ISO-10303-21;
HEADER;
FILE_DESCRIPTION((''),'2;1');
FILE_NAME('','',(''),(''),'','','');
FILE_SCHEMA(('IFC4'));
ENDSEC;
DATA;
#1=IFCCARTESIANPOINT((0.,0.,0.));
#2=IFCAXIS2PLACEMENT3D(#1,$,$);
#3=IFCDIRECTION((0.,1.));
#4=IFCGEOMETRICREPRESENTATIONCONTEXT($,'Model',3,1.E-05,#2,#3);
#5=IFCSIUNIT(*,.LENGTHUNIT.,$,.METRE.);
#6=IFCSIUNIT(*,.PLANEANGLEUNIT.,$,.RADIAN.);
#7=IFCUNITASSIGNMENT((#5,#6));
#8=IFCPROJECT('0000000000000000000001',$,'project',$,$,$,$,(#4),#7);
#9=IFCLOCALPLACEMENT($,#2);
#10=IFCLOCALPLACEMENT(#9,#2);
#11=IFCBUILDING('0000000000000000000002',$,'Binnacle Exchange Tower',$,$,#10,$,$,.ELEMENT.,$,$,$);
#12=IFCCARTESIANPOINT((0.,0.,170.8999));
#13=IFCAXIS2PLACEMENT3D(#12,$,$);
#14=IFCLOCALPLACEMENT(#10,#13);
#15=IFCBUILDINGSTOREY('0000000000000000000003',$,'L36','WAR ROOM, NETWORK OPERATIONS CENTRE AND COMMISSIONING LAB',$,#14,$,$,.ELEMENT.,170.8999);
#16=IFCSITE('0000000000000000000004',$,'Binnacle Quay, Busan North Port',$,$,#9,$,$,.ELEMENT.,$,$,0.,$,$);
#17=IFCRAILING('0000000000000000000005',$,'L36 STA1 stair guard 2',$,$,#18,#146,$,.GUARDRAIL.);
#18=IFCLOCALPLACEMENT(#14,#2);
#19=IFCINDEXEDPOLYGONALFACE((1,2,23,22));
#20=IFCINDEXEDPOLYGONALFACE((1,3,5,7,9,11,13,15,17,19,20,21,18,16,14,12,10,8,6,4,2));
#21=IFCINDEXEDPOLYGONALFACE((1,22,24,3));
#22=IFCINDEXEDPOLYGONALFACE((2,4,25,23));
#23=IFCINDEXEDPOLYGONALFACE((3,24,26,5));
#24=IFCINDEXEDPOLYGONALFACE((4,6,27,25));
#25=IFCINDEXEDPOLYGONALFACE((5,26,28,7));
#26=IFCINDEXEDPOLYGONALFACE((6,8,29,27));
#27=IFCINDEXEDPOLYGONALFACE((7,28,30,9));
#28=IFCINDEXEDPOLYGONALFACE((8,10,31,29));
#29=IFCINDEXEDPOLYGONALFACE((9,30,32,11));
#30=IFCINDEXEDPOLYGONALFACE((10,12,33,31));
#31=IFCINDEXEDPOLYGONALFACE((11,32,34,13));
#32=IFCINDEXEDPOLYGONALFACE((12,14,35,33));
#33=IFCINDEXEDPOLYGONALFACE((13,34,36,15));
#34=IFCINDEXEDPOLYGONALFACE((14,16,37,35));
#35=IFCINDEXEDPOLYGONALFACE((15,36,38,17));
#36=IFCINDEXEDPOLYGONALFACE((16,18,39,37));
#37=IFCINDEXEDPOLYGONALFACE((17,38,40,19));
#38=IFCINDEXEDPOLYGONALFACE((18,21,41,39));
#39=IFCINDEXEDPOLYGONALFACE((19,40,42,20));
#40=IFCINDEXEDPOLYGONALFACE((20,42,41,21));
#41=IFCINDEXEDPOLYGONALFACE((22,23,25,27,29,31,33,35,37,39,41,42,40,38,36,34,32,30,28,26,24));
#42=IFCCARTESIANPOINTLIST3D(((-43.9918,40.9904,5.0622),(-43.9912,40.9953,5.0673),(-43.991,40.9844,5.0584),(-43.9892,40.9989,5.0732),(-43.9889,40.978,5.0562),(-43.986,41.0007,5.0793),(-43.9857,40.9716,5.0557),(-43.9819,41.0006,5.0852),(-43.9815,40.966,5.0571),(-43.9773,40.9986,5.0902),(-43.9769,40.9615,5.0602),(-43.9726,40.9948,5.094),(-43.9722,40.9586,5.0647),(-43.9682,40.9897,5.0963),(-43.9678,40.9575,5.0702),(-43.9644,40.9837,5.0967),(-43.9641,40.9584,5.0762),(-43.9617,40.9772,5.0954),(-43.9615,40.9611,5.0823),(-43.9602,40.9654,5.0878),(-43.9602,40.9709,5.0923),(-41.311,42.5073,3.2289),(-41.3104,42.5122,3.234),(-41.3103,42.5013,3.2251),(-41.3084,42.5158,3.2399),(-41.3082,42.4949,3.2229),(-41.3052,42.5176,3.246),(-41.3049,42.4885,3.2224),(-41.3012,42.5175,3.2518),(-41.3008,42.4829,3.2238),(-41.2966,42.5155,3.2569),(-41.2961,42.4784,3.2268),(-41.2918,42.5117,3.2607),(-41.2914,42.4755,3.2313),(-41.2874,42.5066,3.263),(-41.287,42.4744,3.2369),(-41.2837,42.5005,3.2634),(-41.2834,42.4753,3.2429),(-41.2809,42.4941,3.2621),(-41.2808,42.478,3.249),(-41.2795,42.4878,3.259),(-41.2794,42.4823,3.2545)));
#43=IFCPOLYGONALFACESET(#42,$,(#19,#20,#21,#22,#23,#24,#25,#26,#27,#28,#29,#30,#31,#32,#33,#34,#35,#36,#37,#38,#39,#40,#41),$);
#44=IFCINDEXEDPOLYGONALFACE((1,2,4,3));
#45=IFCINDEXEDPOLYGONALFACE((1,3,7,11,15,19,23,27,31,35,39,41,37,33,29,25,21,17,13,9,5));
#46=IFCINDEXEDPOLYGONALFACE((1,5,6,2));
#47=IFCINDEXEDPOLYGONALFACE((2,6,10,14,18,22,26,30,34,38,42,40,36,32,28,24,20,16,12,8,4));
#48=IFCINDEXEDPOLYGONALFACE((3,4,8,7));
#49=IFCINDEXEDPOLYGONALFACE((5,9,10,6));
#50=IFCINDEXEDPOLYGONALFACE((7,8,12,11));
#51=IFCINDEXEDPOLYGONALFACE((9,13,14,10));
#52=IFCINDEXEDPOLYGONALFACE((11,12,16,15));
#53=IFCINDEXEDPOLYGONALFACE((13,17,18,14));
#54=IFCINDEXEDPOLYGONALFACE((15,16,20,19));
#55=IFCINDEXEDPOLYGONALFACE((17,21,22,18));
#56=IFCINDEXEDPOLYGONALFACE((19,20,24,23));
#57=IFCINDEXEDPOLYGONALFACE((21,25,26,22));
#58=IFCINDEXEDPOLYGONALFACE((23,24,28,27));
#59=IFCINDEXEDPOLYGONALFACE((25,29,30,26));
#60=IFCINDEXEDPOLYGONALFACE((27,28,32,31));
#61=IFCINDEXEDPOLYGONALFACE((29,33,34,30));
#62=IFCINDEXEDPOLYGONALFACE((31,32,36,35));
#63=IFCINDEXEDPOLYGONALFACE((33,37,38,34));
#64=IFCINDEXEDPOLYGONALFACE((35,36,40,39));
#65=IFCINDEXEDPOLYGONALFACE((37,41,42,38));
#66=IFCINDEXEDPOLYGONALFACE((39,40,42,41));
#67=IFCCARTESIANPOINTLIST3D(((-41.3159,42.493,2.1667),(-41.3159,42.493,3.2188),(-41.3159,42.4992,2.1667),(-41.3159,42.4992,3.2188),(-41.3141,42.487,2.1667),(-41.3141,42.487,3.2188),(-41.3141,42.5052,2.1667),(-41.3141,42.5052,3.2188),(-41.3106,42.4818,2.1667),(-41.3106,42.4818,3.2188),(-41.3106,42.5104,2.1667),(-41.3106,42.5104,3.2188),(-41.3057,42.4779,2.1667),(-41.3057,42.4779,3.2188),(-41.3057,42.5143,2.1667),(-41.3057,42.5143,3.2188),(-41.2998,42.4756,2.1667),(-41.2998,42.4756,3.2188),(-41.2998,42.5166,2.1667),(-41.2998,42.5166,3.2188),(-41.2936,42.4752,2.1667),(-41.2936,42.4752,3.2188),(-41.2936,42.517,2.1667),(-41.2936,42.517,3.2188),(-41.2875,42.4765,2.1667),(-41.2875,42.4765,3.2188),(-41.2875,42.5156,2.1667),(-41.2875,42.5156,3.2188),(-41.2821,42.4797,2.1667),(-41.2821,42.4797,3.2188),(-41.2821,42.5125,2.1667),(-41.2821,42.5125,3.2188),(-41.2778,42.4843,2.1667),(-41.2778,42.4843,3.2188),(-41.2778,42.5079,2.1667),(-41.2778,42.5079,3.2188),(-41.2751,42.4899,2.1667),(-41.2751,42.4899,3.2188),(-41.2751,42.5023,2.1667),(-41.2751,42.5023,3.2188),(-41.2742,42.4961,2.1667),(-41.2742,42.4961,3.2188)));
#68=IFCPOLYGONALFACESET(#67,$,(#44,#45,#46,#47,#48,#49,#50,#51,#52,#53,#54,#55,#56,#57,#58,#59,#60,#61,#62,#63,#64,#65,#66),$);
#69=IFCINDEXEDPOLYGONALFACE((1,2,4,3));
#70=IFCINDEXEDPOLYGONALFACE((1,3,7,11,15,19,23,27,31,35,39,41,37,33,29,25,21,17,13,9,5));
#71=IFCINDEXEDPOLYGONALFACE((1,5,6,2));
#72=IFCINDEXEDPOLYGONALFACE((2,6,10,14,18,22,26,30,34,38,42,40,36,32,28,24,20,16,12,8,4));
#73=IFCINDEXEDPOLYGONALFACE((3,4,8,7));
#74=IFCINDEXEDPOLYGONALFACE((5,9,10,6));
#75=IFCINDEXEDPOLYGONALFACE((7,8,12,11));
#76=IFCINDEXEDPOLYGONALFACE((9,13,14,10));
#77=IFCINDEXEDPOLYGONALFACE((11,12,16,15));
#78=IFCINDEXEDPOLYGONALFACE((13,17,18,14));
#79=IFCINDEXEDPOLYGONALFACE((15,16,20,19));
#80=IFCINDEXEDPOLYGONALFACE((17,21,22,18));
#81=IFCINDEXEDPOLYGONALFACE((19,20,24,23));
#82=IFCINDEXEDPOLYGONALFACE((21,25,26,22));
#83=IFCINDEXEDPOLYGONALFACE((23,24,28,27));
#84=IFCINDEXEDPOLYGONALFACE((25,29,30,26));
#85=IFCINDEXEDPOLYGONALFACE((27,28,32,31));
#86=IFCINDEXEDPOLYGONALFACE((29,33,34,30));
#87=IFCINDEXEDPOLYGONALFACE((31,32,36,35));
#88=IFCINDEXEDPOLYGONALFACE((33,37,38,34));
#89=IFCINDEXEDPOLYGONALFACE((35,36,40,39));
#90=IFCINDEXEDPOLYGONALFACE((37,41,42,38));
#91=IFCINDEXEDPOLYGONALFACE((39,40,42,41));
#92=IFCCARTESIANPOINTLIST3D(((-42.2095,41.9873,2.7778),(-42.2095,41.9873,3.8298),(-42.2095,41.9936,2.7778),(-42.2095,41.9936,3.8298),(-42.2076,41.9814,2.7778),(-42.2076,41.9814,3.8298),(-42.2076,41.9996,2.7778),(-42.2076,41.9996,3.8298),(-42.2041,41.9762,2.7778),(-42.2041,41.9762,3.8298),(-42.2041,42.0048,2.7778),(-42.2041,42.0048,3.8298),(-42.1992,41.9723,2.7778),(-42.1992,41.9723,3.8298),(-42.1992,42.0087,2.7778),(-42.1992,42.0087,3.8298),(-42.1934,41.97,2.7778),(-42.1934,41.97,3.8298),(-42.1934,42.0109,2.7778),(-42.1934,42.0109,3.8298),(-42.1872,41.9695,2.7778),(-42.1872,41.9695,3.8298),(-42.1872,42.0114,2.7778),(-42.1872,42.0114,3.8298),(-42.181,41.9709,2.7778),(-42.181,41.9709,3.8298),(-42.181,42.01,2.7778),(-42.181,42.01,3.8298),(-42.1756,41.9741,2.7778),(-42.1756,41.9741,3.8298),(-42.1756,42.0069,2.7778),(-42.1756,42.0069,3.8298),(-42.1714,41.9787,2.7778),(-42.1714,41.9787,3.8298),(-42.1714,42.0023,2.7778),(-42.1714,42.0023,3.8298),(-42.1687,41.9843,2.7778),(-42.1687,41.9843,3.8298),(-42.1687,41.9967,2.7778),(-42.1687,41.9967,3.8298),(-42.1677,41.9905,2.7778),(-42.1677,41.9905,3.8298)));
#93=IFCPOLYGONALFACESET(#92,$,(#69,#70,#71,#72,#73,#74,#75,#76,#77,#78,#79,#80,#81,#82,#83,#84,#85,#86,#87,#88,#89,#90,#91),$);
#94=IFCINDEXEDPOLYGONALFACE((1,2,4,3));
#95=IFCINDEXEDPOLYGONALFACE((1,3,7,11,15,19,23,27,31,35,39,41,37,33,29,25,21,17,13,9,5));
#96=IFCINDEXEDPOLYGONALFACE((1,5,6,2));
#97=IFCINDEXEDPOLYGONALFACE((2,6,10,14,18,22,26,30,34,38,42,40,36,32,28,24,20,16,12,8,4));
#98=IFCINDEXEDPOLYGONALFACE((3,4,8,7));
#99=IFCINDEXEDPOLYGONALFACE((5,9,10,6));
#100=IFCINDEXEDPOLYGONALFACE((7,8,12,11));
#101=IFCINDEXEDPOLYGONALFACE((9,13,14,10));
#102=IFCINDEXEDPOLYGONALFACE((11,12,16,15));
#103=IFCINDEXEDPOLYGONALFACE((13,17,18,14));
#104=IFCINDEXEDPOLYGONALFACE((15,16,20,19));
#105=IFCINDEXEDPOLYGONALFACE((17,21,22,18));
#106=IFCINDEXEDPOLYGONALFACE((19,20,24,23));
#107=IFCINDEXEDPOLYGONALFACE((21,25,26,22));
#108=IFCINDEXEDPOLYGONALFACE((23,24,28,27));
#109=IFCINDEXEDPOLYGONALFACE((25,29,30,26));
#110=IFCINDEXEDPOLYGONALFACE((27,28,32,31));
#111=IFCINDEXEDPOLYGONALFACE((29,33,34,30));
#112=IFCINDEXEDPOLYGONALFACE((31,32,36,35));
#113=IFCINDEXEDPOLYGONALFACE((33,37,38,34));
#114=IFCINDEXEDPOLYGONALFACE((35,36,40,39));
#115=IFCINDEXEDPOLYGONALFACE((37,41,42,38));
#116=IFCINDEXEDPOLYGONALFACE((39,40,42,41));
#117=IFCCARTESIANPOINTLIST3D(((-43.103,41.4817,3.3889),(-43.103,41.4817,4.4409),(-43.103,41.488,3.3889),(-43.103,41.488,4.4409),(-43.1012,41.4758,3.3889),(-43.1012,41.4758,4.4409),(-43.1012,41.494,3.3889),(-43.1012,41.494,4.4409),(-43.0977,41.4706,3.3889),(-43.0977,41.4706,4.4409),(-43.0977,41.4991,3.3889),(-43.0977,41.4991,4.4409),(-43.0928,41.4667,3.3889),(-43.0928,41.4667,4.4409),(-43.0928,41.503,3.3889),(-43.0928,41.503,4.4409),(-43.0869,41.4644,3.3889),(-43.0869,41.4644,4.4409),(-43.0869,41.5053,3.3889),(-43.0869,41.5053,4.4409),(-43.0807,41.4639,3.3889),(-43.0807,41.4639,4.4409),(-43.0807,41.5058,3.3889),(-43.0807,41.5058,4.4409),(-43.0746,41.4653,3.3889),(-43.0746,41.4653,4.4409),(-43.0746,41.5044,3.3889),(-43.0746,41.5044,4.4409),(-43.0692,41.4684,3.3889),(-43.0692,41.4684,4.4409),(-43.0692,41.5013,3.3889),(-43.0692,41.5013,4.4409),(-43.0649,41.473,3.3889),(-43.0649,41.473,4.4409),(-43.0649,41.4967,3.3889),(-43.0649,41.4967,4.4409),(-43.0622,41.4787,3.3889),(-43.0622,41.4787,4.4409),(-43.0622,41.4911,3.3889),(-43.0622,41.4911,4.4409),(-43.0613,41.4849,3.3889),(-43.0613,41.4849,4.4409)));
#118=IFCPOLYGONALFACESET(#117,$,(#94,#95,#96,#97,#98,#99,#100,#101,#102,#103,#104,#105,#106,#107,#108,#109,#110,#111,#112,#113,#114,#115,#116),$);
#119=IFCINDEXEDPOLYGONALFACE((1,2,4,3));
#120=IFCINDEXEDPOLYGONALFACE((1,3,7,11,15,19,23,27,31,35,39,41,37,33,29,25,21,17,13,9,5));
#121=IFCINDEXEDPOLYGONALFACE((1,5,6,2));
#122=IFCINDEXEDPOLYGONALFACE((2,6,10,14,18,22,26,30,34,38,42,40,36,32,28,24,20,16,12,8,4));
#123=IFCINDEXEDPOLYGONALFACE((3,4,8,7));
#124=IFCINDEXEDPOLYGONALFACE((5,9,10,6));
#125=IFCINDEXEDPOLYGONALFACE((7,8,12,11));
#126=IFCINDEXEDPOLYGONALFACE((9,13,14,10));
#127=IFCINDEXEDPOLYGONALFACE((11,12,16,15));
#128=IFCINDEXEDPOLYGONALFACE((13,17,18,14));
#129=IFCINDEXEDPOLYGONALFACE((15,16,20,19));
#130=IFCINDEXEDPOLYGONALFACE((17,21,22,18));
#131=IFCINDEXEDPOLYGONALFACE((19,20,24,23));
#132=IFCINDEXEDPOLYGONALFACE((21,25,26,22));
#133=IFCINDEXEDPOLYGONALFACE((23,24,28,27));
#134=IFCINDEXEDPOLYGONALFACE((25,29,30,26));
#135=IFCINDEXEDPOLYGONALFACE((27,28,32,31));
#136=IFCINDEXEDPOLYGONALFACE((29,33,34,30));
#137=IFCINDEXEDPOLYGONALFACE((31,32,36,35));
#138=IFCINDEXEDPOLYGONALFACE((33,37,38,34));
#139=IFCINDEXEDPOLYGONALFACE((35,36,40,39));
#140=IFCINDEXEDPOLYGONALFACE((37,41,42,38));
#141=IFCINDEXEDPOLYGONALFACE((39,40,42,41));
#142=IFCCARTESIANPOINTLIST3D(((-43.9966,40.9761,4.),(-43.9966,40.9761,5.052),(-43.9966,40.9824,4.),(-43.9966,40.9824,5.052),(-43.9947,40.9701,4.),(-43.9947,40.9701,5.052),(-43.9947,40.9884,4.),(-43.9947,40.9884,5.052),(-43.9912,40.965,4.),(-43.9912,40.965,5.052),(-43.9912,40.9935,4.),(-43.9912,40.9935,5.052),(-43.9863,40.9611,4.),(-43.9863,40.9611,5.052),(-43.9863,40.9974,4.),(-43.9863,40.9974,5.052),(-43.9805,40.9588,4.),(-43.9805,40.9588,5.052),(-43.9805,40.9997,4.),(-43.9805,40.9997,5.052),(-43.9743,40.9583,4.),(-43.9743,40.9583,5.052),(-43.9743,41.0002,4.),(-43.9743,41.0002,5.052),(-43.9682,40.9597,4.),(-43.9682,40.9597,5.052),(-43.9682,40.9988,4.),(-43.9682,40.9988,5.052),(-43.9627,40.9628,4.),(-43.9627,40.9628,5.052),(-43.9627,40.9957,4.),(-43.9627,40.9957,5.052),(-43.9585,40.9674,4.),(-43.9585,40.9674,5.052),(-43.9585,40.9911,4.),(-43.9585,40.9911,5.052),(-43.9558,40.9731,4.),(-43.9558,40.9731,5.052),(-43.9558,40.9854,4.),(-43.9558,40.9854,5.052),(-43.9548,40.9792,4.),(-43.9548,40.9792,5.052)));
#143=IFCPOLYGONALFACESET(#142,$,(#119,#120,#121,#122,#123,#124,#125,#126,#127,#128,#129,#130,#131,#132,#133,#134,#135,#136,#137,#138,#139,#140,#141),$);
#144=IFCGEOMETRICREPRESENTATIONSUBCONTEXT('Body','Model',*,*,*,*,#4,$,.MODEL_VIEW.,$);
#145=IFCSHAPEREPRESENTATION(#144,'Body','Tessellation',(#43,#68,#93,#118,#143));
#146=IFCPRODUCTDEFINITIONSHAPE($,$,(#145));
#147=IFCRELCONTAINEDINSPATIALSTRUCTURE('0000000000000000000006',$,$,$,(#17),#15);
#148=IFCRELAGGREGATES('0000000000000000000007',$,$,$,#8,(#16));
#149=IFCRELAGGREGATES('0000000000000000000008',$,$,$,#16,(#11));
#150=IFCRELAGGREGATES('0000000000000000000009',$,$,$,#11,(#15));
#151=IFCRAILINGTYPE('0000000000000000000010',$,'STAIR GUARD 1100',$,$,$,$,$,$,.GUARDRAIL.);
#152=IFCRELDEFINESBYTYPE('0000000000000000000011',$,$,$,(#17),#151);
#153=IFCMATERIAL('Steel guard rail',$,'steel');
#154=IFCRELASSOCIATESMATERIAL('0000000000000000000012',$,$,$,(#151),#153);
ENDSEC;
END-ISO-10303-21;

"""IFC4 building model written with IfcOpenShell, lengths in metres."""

from ifc_helpers import new_model, si_unit, direction, frame, origin, origin_2d, place, context, subcontext, project, spatial, circle, extrude, material, type_object, element, save


model = new_model("IFC4")

# Units and contexts
model_context = context("Model", 3, precision=1e-05, world=origin(), true_north=direction((0.0, 1.0)))
body_context = subcontext(model_context, "Body", "Model", "MODEL_VIEW")
ifc_project = project(units=[si_unit("LENGTHUNIT", "METRE"), si_unit("PLANEANGLEUNIT", "RADIAN")], contexts=[model_context])

# Site, building, storey
site_placement = place(None, origin())
site = spatial("IfcSite", under=ifc_project, at=site_placement, Name="Binnacle Quay, Busan North Port", CompositionType="ELEMENT", RefElevation=0.0)
building_placement = place(site_placement, origin())
building = spatial("IfcBuilding", under=site, at=building_placement, Name="Binnacle Exchange Tower", CompositionType="ELEMENT")
storey_placement = place(building_placement, frame((0.0, 0.0, 170.8999)))
storey = spatial("IfcBuildingStorey", under=building, at=storey_placement, Name="L36", Description="WAR ROOM, NETWORK OPERATIONS CENTRE AND COMMISSIONING LAB", CompositionType="ELEMENT", Elevation=170.8999)

# Railing
ifc_material_1 = material(Name="Steel guard rail", Category="steel")
railing_type = type_object("IfcRailingType", Name="STAIR GUARD 1100", PredefinedType="GUARDRAIL", material=ifc_material_1)
railing_placement = place(storey_placement, frame((-41.2952, 42.4961, 2.1667)))
element("IfcRailing", 1, at=railing_placement, inside=storey, type_object=railing_type, Name="L36 STA1 stair guard 2", PredefinedType="GUARDRAIL", context=body_context, shape_type="SweptSolid", body=[
    extrude(circle(Radius=0.0239, at=origin_2d()), frame((0.0, 0.0, 1.0762), z_axis=(-0.747879, -0.423185, 0.51146), x_axis=(0.492472, -0.870328, 0.0)), (0.0, 0.0, 1.0), 3.5845),
    extrude(circle(Radius=0.021, at=origin_2d()), origin(), (0.0, 0.0, 1.0), 1.052),
    extrude(circle(Radius=0.021, at=origin_2d()), frame((-0.8936, -0.5056, 0.6111)), (0.0, 0.0, 1.0), 1.052),
    extrude(circle(Radius=0.021, at=origin_2d()), frame((-1.7871, -1.0112, 1.2222)), (0.0, 0.0, 1.0), 1.052),
    extrude(circle(Radius=0.021, at=origin_2d()), frame((-2.6807, -1.5168, 1.8333)), (0.0, 0.0, 1.0), 1.052),
])

save(model, "model.ifc")
